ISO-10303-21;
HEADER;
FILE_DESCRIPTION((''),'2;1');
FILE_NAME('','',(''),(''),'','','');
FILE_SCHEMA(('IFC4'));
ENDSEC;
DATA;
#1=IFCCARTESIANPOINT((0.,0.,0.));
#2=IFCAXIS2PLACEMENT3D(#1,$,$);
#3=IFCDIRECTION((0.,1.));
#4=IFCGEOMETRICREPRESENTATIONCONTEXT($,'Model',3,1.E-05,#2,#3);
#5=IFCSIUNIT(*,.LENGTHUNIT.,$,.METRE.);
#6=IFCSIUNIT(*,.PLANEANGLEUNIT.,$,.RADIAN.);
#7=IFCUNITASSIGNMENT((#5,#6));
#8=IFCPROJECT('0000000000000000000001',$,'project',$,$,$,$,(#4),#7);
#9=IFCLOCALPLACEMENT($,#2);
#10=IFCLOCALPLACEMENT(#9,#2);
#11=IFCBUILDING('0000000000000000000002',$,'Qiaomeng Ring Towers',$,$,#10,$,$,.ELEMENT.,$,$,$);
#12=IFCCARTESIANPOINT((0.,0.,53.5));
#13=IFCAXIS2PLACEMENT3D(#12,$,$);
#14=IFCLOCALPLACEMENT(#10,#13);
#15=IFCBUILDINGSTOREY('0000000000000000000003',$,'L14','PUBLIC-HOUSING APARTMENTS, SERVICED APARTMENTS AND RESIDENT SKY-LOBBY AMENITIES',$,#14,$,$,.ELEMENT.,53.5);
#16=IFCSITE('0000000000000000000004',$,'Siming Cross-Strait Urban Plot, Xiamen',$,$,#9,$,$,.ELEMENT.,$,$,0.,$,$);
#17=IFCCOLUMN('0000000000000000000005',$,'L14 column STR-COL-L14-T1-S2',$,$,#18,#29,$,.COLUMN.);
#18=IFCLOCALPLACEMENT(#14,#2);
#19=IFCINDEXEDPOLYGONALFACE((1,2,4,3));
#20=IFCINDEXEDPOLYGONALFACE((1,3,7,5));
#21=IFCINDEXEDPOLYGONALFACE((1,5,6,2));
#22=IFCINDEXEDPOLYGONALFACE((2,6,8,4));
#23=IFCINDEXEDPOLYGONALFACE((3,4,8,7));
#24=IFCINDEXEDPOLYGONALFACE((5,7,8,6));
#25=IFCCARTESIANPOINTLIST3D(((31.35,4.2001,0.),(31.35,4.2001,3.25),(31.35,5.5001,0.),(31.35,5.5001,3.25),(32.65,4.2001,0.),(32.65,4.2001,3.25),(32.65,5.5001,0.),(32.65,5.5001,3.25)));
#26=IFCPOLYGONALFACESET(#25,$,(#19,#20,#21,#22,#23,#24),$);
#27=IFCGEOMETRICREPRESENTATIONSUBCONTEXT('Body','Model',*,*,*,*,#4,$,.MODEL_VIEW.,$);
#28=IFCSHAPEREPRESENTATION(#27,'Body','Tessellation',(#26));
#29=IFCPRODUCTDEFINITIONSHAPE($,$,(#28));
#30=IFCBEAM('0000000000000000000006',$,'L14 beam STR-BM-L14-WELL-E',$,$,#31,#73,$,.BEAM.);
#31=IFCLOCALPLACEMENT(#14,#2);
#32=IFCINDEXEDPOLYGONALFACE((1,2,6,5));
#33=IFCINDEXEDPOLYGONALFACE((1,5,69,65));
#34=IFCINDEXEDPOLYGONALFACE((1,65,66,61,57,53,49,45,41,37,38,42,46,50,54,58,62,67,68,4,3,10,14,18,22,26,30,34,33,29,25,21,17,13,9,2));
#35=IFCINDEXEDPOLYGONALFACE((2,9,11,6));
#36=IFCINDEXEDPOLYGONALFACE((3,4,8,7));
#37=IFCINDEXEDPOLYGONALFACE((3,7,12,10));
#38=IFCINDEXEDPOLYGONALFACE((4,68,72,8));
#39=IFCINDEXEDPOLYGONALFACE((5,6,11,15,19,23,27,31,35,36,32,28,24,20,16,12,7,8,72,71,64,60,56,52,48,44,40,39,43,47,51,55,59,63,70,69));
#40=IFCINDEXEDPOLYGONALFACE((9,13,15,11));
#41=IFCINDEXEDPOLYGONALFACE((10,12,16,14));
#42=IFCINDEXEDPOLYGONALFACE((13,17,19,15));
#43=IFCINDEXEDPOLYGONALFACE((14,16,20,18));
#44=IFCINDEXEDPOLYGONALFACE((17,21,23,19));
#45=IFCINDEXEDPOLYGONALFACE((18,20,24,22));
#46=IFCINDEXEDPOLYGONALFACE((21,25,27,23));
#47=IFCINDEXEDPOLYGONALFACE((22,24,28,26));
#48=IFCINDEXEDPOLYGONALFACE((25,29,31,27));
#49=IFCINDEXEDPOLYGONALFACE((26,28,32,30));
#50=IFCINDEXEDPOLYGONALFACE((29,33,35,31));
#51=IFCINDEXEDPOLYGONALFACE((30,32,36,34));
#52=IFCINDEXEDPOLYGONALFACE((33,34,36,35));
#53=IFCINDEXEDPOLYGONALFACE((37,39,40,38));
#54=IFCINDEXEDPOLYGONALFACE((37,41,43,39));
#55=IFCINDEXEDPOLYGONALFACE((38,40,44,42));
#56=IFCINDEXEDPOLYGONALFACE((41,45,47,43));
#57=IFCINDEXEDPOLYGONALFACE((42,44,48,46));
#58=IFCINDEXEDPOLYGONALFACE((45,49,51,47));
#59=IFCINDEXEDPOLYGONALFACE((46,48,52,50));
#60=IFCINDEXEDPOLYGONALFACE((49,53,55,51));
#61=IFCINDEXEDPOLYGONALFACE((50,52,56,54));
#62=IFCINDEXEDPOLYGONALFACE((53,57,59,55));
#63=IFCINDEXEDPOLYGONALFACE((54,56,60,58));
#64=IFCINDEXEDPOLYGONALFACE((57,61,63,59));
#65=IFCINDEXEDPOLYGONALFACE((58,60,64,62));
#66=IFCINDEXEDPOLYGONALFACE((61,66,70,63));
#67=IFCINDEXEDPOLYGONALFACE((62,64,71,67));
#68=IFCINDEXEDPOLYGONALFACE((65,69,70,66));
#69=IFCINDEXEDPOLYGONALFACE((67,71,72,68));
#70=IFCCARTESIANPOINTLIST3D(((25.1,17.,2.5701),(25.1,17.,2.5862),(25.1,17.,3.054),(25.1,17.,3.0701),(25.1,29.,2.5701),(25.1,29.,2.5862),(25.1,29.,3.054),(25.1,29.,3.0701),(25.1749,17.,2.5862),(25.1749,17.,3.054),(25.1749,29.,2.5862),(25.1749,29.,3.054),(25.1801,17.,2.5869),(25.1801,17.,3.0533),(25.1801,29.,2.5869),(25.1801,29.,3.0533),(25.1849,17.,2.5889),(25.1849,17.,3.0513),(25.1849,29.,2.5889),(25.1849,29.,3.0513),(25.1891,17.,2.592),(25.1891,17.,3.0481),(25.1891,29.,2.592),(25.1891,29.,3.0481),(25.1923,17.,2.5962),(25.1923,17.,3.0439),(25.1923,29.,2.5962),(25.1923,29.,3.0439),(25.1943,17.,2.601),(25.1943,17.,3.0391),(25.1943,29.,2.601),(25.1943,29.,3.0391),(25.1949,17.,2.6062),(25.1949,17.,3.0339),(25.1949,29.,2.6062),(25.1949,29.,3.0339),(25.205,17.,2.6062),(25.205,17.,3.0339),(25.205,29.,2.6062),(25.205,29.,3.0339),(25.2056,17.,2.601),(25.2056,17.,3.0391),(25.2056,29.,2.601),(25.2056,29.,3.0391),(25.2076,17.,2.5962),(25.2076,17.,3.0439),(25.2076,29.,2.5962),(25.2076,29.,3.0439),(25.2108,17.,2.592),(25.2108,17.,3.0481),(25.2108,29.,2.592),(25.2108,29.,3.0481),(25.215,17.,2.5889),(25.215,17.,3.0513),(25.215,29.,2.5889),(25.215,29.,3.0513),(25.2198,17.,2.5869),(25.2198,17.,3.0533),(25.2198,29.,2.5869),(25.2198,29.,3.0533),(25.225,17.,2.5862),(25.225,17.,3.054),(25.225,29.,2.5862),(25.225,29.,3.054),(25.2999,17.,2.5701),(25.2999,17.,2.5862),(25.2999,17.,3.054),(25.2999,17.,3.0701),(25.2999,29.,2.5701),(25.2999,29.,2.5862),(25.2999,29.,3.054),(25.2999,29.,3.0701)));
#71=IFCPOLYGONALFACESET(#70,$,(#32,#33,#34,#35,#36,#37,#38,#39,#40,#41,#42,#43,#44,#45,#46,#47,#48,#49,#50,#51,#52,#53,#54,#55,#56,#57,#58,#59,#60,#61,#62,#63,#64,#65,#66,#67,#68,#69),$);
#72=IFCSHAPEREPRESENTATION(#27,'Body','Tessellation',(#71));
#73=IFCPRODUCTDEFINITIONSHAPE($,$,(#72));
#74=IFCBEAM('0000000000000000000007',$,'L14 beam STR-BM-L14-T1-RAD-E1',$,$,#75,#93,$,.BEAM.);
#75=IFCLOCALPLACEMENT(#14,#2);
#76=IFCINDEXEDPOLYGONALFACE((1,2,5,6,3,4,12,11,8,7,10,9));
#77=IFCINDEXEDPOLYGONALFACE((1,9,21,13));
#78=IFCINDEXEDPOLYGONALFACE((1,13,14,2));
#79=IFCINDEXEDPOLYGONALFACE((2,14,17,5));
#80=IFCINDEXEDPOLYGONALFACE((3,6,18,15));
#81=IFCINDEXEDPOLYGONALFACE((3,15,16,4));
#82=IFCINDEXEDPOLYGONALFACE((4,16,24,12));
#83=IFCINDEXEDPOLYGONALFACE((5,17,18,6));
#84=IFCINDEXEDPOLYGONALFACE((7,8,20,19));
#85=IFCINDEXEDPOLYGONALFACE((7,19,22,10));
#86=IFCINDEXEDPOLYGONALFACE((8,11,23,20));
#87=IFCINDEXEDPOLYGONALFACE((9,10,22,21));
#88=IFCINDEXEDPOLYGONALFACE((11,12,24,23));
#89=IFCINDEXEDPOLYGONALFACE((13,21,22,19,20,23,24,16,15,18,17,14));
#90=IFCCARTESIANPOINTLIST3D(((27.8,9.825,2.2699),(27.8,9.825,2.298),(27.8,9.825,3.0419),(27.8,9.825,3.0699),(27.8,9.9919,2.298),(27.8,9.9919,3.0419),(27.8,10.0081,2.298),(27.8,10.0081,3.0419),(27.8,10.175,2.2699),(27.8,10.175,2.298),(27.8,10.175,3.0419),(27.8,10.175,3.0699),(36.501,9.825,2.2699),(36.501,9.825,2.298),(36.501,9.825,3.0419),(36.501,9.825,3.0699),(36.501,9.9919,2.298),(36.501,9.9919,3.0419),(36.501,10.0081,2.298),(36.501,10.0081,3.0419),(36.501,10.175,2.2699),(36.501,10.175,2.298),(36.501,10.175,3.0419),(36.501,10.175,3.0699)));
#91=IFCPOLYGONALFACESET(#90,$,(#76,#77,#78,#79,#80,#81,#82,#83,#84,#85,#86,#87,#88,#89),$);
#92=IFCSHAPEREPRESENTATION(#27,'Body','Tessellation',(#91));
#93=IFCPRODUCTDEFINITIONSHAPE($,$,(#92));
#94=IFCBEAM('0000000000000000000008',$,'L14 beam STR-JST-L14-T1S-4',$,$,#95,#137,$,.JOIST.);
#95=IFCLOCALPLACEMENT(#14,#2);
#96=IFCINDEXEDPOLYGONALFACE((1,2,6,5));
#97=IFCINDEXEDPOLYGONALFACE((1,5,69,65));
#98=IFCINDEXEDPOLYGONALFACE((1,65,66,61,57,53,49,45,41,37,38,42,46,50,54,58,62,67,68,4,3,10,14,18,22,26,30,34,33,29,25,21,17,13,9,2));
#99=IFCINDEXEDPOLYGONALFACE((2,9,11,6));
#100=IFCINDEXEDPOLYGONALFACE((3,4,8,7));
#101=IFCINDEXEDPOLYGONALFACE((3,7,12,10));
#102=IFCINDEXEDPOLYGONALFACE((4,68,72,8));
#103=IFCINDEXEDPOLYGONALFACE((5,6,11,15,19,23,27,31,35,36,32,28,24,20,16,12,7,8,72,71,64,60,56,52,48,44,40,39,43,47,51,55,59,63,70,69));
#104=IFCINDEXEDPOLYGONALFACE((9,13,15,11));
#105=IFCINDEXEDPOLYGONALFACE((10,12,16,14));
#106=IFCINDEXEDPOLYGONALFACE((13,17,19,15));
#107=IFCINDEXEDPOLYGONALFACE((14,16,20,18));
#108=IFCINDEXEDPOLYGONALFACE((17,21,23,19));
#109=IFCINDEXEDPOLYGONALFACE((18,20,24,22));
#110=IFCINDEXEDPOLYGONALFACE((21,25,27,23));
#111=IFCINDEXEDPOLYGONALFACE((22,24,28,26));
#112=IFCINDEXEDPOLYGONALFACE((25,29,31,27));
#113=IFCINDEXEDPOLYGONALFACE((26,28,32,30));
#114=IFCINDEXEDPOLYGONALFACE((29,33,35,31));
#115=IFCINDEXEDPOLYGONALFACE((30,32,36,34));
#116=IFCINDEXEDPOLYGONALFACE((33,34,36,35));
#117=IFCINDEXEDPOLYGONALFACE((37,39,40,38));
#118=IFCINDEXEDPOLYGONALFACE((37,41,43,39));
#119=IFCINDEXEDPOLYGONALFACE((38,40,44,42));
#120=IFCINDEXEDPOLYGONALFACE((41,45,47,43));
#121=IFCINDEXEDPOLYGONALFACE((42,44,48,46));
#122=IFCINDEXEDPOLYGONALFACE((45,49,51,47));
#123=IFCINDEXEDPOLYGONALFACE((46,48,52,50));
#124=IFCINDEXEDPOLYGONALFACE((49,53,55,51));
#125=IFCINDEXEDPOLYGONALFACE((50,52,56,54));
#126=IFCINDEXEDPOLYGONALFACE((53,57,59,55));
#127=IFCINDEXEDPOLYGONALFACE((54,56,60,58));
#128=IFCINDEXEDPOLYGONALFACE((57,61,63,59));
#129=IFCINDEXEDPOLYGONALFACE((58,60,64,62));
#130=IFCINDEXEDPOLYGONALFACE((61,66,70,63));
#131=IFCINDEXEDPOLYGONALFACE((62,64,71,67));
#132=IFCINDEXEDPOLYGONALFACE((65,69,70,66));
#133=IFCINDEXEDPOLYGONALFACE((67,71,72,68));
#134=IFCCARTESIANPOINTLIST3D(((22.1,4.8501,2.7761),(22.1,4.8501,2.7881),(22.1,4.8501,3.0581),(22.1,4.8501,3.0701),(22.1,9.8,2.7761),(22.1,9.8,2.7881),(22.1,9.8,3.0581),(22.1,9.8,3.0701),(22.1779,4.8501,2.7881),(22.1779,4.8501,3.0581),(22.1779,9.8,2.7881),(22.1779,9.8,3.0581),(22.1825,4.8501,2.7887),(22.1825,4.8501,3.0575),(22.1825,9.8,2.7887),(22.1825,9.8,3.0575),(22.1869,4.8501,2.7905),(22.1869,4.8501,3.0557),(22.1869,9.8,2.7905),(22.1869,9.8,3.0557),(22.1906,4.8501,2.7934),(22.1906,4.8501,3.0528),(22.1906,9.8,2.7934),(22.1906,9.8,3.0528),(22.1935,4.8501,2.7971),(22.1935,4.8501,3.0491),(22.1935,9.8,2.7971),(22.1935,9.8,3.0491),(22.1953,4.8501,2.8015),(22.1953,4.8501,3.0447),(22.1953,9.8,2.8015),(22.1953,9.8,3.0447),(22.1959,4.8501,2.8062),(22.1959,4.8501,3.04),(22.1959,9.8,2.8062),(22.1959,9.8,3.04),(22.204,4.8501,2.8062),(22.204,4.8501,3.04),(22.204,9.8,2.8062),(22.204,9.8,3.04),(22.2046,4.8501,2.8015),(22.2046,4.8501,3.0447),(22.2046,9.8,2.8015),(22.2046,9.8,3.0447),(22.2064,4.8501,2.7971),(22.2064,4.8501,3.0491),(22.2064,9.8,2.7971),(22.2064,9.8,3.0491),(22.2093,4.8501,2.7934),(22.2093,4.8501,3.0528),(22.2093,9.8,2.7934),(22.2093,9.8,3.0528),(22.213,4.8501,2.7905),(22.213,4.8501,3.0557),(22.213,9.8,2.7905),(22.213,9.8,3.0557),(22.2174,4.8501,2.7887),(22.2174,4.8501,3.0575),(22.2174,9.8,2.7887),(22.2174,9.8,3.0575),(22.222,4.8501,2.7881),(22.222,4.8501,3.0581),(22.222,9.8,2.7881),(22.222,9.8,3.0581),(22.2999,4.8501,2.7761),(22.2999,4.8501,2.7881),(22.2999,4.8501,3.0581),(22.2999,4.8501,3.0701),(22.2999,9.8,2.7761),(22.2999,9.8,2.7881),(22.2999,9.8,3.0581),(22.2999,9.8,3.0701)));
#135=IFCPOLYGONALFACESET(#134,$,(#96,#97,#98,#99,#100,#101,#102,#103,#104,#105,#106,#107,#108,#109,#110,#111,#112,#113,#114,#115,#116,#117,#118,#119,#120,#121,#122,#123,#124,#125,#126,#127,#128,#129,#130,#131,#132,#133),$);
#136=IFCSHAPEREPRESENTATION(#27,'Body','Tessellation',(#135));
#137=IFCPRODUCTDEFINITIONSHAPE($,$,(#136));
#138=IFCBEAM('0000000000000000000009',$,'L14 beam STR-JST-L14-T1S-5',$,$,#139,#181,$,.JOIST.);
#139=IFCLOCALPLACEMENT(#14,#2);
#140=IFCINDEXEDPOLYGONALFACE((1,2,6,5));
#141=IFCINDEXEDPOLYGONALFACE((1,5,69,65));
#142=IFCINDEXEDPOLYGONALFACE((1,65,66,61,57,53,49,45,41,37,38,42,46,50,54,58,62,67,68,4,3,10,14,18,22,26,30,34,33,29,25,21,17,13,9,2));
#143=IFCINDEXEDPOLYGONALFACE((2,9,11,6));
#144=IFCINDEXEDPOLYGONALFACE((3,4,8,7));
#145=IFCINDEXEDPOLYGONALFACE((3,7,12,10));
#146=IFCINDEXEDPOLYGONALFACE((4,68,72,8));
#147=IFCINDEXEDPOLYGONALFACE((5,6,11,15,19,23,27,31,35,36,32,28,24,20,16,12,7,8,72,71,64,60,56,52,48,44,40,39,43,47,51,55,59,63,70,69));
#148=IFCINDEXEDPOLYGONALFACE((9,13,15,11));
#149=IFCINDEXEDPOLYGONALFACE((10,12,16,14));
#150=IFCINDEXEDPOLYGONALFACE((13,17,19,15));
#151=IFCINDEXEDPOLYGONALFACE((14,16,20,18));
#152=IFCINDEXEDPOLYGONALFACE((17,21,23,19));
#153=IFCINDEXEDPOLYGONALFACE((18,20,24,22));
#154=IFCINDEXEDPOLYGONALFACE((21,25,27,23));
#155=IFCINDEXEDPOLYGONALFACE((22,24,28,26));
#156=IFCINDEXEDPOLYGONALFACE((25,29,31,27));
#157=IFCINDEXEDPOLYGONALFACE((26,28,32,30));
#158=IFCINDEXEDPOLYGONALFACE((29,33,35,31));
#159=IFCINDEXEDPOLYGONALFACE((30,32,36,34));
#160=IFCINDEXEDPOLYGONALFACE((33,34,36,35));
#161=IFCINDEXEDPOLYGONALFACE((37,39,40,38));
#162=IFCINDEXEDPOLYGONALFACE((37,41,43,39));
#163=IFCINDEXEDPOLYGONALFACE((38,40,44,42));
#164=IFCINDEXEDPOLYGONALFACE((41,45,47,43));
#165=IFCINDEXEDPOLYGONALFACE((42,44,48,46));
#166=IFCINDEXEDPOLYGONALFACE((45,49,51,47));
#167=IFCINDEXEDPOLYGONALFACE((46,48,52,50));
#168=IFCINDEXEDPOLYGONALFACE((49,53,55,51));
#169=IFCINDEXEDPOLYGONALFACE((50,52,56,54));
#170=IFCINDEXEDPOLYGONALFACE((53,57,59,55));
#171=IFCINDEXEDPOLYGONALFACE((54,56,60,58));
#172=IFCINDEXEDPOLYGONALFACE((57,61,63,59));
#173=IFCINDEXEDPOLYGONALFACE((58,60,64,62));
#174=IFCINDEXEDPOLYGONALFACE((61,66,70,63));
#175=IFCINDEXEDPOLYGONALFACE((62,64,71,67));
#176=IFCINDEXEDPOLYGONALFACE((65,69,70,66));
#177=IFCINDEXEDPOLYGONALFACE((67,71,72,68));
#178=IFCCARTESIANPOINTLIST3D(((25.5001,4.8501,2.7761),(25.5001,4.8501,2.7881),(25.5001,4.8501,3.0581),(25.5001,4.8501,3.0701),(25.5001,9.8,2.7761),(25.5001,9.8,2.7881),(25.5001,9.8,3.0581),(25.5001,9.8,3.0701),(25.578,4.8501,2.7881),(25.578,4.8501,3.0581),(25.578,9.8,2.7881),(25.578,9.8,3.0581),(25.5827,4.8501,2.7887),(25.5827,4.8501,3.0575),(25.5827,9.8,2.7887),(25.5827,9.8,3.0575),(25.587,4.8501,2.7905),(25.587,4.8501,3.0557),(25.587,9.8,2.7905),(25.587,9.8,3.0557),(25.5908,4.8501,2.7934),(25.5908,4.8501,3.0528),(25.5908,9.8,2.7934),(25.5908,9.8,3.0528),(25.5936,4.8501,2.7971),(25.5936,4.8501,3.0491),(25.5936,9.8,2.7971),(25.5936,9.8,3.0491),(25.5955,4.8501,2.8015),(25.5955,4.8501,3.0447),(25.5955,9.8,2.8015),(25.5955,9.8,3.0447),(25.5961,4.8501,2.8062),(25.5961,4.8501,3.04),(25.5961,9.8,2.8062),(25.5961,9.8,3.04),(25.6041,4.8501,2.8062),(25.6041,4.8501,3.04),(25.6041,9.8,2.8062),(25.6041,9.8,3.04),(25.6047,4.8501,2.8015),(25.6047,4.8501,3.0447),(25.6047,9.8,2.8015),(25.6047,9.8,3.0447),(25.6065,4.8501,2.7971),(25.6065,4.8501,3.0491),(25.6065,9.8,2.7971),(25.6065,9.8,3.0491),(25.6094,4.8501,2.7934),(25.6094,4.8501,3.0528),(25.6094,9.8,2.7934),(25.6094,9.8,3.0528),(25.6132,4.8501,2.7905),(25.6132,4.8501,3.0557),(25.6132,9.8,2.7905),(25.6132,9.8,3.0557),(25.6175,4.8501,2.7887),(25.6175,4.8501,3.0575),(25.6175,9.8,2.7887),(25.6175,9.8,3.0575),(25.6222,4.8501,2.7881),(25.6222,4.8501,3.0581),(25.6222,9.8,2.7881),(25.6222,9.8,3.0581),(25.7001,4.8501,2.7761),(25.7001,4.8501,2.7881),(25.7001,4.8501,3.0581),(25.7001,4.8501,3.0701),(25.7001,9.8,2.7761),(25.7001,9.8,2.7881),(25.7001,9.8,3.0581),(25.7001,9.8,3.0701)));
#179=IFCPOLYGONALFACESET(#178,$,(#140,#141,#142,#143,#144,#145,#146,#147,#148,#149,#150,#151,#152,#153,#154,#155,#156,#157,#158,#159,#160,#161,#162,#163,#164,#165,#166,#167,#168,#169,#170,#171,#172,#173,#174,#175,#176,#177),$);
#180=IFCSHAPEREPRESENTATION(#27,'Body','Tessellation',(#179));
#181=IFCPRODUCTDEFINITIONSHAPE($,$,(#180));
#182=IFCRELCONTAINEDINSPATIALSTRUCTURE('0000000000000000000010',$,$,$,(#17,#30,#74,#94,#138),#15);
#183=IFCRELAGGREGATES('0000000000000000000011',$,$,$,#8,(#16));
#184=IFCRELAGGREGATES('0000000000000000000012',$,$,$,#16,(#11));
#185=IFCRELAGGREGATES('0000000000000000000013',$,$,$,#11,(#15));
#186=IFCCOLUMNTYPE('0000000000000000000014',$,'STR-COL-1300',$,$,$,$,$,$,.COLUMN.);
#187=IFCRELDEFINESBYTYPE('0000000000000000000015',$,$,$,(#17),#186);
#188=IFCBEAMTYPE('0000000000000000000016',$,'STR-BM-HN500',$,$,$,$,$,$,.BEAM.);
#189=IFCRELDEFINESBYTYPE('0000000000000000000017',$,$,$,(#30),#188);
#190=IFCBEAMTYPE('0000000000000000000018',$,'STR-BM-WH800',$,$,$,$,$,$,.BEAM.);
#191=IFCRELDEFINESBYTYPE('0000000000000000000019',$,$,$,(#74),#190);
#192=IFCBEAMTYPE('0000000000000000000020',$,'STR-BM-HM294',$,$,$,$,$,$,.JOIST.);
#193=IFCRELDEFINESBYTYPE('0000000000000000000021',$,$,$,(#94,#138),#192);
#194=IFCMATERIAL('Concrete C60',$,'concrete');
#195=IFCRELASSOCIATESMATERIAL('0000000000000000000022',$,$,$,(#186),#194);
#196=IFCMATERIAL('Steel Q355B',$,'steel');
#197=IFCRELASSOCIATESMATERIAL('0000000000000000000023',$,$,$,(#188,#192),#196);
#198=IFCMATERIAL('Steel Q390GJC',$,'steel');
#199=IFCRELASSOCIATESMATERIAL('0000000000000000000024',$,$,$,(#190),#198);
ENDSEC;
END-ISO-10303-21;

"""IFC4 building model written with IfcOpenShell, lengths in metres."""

from ifc_helpers import new_model, si_unit, direction, frame, origin, origin_2d, place, context, subcontext, project, spatial, rectangle, i_section, extrude, source, transform, mapped, material, material_profile, profile_set, type_object, element, save


model = new_model("IFC4")

# Units and contexts
model_context = context("Model", 3, precision=1e-05, world=origin(), true_north=direction((0.0, 1.0)))
body_context = subcontext(model_context, "Body", "Model", "MODEL_VIEW")
ifc_project = project(units=[si_unit("LENGTHUNIT", "METRE"), si_unit("PLANEANGLEUNIT", "RADIAN")], contexts=[model_context])

# Site, building, storey
site_placement = place(None, origin())
site = spatial("IfcSite", under=ifc_project, at=site_placement, Name="Siming Cross-Strait Urban Plot, Xiamen", CompositionType="ELEMENT", RefElevation=0.0)
building_placement = place(site_placement, origin())
building = spatial("IfcBuilding", under=site, at=building_placement, Name="Qiaomeng Ring Towers", CompositionType="ELEMENT")
storey_placement = place(building_placement, frame((0.0, 0.0, 53.5)))
storey = spatial("IfcBuildingStorey", under=building, at=storey_placement, Name="L14", Description="PUBLIC-HOUSING APARTMENTS, SERVICED APARTMENTS AND RESIDENT SKY-LOBBY AMENITIES", CompositionType="ELEMENT", Elevation=53.5)

# Column
ifc_material_1 = material(Name="Concrete C60", Category="concrete")
ifc_material_profile_1 = material_profile(ifc_material_1, rectangle(XDim=1.3, YDim=1.3, at=origin_2d()), Name="RC COL 1300x1300")
ifc_profile_set_1 = profile_set([ifc_material_profile_1], Name="Concrete C60")
column_type = type_object("IfcColumnType", Name="STR-COL-1300", PredefinedType="COLUMN", material=ifc_profile_set_1)
shared_shape_1 = source(origin(), body_context, "Body", "SweptSolid", [
    extrude(rectangle(XDim=1.3, YDim=1.3, at=origin_2d()), origin(), (0.0, 0.0, 1.0), 3.25),
])
column_placement = place(storey_placement, frame((32.0, 4.8501, 0.0), z_axis=(0.0, 0.0, 1.0), x_axis=(1.0, 0.0, 0.0)))
element("IfcColumn", 1, at=column_placement, inside=storey, type_object=column_type, Name="L14 column STR-COL-L14-T1-S2", PredefinedType="COLUMN", context=body_context, shape_type="MappedRepresentation", body=[
    mapped(shared_shape_1, transform((0.0, 0.0, 0.0), x_axis=(1.0, 0.0, 0.0), y_axis=(0.0, 1.0, 0.0), z_axis=(0.0, 0.0, 1.0), scale=1.0)),
])

# Beams
ifc_material_2 = material(Name="Steel Q355B", Category="steel")
ifc_material_profile_2 = material_profile(ifc_material_2, i_section(OverallWidth=0.2, OverallDepth=0.5, WebThickness=0.01, FlangeThickness=0.0161, FilletRadius=0.02, at=origin_2d()), Name="HN 500x200x10x16")
ifc_profile_set_2 = profile_set([ifc_material_profile_2], Name="Steel Q355B")
beam_type_1 = type_object("IfcBeamType", Name="STR-BM-HN500", PredefinedType="BEAM", material=ifc_profile_set_2)
shared_shape_2 = source(origin(), body_context, "Body", "SweptSolid", [
    extrude(i_section(OverallWidth=0.2, OverallDepth=0.5, WebThickness=0.01, FlangeThickness=0.0161, FilletRadius=0.02, at=origin_2d()), origin(), (0.0, 0.0, 1.0), 12.0),
])
beam_1_placement = place(storey_placement, frame((25.2, 17.0, 2.8201), z_axis=(0.0, 1.0, 0.0), x_axis=(-1.0, 0.0, 0.0)))
element("IfcBeam", 2, at=beam_1_placement, inside=storey, type_object=beam_type_1, Name="L14 beam STR-BM-L14-WELL-E", PredefinedType="BEAM", context=body_context, shape_type="MappedRepresentation", body=[
    mapped(shared_shape_2, transform((0.0, 0.0, 0.0), x_axis=(1.0, 0.0, 0.0), y_axis=(0.0, 1.0, 0.0), z_axis=(0.0, 0.0, 1.0), scale=1.0)),
])
ifc_material_3 = material(Name="Steel Q390GJC", Category="steel")
ifc_material_profile_3 = material_profile(ifc_material_3, i_section(OverallWidth=0.3501, OverallDepth=0.8, WebThickness=0.0161, FlangeThickness=0.0281, at=origin_2d()), Name="WH 800x350x16x28")
ifc_profile_set_3 = profile_set([ifc_material_profile_3], Name="Steel Q390GJC")
beam_type_2 = type_object("IfcBeamType", Name="STR-BM-WH800", PredefinedType="BEAM", material=ifc_profile_set_3)
shared_shape_3 = source(origin(), body_context, "Body", "SweptSolid", [
    extrude(i_section(OverallWidth=0.3501, OverallDepth=0.8, WebThickness=0.0161, FlangeThickness=0.0281, at=origin_2d()), origin(), (0.0, 0.0, 1.0), 8.7009),
])
beam_2_placement = place(storey_placement, frame((27.8, 10.0, 2.6699), z_axis=(1.0, 0.0, 0.0), x_axis=(0.0, 1.0, 0.0)))
element("IfcBeam", 3, at=beam_2_placement, inside=storey, type_object=beam_type_2, Name="L14 beam STR-BM-L14-T1-RAD-E1", PredefinedType="BEAM", context=body_context, shape_type="MappedRepresentation", body=[
    mapped(shared_shape_3, transform((0.0, 0.0, 0.0), x_axis=(1.0, 0.0, 0.0), y_axis=(0.0, 1.0, 0.0), z_axis=(0.0, 0.0, 1.0), scale=1.0)),
])
ifc_material_profile_4 = material_profile(ifc_material_2, i_section(OverallWidth=0.2, OverallDepth=0.2939, WebThickness=0.0081, FlangeThickness=0.012, FilletRadius=0.0181, at=origin_2d()), Name="HM 294x200x8x12")
ifc_profile_set_4 = profile_set([ifc_material_profile_4], Name="Steel Q355B")
beam_type_3 = type_object("IfcBeamType", Name="STR-BM-HM294", PredefinedType="JOIST", material=ifc_profile_set_4)
shared_shape_4 = source(origin(), body_context, "Body", "SweptSolid", [
    extrude(i_section(OverallWidth=0.2, OverallDepth=0.2939, WebThickness=0.0081, FlangeThickness=0.012, FilletRadius=0.0181, at=origin_2d()), origin(), (0.0, 0.0, 1.0), 4.95),
])
for number, where, z_axis, x_axis, name in (
    (4, (22.2, 4.8501, 2.9231), (0.0, 1.0, 0.0), (-1.0, 0.0, 0.0), "L14 beam STR-JST-L14-T1S-4"),
    (5, (25.6001, 4.8501, 2.9231), (0.0, 1.0, 0.0), (-1.0, 0.0, 0.0), "L14 beam STR-JST-L14-T1S-5"),
):
    element("IfcBeam", number, at=place(storey_placement, frame(where, z_axis=z_axis, x_axis=x_axis)), inside=storey, type_object=beam_type_3, Name=name, PredefinedType="JOIST", context=body_context, shape_type="MappedRepresentation", body=[
        mapped(shared_shape_4, transform((0.0, 0.0, 0.0), x_axis=(1.0, 0.0, 0.0), y_axis=(0.0, 1.0, 0.0), z_axis=(0.0, 0.0, 1.0), scale=1.0)),
    ])

save(model, "model.ifc")
